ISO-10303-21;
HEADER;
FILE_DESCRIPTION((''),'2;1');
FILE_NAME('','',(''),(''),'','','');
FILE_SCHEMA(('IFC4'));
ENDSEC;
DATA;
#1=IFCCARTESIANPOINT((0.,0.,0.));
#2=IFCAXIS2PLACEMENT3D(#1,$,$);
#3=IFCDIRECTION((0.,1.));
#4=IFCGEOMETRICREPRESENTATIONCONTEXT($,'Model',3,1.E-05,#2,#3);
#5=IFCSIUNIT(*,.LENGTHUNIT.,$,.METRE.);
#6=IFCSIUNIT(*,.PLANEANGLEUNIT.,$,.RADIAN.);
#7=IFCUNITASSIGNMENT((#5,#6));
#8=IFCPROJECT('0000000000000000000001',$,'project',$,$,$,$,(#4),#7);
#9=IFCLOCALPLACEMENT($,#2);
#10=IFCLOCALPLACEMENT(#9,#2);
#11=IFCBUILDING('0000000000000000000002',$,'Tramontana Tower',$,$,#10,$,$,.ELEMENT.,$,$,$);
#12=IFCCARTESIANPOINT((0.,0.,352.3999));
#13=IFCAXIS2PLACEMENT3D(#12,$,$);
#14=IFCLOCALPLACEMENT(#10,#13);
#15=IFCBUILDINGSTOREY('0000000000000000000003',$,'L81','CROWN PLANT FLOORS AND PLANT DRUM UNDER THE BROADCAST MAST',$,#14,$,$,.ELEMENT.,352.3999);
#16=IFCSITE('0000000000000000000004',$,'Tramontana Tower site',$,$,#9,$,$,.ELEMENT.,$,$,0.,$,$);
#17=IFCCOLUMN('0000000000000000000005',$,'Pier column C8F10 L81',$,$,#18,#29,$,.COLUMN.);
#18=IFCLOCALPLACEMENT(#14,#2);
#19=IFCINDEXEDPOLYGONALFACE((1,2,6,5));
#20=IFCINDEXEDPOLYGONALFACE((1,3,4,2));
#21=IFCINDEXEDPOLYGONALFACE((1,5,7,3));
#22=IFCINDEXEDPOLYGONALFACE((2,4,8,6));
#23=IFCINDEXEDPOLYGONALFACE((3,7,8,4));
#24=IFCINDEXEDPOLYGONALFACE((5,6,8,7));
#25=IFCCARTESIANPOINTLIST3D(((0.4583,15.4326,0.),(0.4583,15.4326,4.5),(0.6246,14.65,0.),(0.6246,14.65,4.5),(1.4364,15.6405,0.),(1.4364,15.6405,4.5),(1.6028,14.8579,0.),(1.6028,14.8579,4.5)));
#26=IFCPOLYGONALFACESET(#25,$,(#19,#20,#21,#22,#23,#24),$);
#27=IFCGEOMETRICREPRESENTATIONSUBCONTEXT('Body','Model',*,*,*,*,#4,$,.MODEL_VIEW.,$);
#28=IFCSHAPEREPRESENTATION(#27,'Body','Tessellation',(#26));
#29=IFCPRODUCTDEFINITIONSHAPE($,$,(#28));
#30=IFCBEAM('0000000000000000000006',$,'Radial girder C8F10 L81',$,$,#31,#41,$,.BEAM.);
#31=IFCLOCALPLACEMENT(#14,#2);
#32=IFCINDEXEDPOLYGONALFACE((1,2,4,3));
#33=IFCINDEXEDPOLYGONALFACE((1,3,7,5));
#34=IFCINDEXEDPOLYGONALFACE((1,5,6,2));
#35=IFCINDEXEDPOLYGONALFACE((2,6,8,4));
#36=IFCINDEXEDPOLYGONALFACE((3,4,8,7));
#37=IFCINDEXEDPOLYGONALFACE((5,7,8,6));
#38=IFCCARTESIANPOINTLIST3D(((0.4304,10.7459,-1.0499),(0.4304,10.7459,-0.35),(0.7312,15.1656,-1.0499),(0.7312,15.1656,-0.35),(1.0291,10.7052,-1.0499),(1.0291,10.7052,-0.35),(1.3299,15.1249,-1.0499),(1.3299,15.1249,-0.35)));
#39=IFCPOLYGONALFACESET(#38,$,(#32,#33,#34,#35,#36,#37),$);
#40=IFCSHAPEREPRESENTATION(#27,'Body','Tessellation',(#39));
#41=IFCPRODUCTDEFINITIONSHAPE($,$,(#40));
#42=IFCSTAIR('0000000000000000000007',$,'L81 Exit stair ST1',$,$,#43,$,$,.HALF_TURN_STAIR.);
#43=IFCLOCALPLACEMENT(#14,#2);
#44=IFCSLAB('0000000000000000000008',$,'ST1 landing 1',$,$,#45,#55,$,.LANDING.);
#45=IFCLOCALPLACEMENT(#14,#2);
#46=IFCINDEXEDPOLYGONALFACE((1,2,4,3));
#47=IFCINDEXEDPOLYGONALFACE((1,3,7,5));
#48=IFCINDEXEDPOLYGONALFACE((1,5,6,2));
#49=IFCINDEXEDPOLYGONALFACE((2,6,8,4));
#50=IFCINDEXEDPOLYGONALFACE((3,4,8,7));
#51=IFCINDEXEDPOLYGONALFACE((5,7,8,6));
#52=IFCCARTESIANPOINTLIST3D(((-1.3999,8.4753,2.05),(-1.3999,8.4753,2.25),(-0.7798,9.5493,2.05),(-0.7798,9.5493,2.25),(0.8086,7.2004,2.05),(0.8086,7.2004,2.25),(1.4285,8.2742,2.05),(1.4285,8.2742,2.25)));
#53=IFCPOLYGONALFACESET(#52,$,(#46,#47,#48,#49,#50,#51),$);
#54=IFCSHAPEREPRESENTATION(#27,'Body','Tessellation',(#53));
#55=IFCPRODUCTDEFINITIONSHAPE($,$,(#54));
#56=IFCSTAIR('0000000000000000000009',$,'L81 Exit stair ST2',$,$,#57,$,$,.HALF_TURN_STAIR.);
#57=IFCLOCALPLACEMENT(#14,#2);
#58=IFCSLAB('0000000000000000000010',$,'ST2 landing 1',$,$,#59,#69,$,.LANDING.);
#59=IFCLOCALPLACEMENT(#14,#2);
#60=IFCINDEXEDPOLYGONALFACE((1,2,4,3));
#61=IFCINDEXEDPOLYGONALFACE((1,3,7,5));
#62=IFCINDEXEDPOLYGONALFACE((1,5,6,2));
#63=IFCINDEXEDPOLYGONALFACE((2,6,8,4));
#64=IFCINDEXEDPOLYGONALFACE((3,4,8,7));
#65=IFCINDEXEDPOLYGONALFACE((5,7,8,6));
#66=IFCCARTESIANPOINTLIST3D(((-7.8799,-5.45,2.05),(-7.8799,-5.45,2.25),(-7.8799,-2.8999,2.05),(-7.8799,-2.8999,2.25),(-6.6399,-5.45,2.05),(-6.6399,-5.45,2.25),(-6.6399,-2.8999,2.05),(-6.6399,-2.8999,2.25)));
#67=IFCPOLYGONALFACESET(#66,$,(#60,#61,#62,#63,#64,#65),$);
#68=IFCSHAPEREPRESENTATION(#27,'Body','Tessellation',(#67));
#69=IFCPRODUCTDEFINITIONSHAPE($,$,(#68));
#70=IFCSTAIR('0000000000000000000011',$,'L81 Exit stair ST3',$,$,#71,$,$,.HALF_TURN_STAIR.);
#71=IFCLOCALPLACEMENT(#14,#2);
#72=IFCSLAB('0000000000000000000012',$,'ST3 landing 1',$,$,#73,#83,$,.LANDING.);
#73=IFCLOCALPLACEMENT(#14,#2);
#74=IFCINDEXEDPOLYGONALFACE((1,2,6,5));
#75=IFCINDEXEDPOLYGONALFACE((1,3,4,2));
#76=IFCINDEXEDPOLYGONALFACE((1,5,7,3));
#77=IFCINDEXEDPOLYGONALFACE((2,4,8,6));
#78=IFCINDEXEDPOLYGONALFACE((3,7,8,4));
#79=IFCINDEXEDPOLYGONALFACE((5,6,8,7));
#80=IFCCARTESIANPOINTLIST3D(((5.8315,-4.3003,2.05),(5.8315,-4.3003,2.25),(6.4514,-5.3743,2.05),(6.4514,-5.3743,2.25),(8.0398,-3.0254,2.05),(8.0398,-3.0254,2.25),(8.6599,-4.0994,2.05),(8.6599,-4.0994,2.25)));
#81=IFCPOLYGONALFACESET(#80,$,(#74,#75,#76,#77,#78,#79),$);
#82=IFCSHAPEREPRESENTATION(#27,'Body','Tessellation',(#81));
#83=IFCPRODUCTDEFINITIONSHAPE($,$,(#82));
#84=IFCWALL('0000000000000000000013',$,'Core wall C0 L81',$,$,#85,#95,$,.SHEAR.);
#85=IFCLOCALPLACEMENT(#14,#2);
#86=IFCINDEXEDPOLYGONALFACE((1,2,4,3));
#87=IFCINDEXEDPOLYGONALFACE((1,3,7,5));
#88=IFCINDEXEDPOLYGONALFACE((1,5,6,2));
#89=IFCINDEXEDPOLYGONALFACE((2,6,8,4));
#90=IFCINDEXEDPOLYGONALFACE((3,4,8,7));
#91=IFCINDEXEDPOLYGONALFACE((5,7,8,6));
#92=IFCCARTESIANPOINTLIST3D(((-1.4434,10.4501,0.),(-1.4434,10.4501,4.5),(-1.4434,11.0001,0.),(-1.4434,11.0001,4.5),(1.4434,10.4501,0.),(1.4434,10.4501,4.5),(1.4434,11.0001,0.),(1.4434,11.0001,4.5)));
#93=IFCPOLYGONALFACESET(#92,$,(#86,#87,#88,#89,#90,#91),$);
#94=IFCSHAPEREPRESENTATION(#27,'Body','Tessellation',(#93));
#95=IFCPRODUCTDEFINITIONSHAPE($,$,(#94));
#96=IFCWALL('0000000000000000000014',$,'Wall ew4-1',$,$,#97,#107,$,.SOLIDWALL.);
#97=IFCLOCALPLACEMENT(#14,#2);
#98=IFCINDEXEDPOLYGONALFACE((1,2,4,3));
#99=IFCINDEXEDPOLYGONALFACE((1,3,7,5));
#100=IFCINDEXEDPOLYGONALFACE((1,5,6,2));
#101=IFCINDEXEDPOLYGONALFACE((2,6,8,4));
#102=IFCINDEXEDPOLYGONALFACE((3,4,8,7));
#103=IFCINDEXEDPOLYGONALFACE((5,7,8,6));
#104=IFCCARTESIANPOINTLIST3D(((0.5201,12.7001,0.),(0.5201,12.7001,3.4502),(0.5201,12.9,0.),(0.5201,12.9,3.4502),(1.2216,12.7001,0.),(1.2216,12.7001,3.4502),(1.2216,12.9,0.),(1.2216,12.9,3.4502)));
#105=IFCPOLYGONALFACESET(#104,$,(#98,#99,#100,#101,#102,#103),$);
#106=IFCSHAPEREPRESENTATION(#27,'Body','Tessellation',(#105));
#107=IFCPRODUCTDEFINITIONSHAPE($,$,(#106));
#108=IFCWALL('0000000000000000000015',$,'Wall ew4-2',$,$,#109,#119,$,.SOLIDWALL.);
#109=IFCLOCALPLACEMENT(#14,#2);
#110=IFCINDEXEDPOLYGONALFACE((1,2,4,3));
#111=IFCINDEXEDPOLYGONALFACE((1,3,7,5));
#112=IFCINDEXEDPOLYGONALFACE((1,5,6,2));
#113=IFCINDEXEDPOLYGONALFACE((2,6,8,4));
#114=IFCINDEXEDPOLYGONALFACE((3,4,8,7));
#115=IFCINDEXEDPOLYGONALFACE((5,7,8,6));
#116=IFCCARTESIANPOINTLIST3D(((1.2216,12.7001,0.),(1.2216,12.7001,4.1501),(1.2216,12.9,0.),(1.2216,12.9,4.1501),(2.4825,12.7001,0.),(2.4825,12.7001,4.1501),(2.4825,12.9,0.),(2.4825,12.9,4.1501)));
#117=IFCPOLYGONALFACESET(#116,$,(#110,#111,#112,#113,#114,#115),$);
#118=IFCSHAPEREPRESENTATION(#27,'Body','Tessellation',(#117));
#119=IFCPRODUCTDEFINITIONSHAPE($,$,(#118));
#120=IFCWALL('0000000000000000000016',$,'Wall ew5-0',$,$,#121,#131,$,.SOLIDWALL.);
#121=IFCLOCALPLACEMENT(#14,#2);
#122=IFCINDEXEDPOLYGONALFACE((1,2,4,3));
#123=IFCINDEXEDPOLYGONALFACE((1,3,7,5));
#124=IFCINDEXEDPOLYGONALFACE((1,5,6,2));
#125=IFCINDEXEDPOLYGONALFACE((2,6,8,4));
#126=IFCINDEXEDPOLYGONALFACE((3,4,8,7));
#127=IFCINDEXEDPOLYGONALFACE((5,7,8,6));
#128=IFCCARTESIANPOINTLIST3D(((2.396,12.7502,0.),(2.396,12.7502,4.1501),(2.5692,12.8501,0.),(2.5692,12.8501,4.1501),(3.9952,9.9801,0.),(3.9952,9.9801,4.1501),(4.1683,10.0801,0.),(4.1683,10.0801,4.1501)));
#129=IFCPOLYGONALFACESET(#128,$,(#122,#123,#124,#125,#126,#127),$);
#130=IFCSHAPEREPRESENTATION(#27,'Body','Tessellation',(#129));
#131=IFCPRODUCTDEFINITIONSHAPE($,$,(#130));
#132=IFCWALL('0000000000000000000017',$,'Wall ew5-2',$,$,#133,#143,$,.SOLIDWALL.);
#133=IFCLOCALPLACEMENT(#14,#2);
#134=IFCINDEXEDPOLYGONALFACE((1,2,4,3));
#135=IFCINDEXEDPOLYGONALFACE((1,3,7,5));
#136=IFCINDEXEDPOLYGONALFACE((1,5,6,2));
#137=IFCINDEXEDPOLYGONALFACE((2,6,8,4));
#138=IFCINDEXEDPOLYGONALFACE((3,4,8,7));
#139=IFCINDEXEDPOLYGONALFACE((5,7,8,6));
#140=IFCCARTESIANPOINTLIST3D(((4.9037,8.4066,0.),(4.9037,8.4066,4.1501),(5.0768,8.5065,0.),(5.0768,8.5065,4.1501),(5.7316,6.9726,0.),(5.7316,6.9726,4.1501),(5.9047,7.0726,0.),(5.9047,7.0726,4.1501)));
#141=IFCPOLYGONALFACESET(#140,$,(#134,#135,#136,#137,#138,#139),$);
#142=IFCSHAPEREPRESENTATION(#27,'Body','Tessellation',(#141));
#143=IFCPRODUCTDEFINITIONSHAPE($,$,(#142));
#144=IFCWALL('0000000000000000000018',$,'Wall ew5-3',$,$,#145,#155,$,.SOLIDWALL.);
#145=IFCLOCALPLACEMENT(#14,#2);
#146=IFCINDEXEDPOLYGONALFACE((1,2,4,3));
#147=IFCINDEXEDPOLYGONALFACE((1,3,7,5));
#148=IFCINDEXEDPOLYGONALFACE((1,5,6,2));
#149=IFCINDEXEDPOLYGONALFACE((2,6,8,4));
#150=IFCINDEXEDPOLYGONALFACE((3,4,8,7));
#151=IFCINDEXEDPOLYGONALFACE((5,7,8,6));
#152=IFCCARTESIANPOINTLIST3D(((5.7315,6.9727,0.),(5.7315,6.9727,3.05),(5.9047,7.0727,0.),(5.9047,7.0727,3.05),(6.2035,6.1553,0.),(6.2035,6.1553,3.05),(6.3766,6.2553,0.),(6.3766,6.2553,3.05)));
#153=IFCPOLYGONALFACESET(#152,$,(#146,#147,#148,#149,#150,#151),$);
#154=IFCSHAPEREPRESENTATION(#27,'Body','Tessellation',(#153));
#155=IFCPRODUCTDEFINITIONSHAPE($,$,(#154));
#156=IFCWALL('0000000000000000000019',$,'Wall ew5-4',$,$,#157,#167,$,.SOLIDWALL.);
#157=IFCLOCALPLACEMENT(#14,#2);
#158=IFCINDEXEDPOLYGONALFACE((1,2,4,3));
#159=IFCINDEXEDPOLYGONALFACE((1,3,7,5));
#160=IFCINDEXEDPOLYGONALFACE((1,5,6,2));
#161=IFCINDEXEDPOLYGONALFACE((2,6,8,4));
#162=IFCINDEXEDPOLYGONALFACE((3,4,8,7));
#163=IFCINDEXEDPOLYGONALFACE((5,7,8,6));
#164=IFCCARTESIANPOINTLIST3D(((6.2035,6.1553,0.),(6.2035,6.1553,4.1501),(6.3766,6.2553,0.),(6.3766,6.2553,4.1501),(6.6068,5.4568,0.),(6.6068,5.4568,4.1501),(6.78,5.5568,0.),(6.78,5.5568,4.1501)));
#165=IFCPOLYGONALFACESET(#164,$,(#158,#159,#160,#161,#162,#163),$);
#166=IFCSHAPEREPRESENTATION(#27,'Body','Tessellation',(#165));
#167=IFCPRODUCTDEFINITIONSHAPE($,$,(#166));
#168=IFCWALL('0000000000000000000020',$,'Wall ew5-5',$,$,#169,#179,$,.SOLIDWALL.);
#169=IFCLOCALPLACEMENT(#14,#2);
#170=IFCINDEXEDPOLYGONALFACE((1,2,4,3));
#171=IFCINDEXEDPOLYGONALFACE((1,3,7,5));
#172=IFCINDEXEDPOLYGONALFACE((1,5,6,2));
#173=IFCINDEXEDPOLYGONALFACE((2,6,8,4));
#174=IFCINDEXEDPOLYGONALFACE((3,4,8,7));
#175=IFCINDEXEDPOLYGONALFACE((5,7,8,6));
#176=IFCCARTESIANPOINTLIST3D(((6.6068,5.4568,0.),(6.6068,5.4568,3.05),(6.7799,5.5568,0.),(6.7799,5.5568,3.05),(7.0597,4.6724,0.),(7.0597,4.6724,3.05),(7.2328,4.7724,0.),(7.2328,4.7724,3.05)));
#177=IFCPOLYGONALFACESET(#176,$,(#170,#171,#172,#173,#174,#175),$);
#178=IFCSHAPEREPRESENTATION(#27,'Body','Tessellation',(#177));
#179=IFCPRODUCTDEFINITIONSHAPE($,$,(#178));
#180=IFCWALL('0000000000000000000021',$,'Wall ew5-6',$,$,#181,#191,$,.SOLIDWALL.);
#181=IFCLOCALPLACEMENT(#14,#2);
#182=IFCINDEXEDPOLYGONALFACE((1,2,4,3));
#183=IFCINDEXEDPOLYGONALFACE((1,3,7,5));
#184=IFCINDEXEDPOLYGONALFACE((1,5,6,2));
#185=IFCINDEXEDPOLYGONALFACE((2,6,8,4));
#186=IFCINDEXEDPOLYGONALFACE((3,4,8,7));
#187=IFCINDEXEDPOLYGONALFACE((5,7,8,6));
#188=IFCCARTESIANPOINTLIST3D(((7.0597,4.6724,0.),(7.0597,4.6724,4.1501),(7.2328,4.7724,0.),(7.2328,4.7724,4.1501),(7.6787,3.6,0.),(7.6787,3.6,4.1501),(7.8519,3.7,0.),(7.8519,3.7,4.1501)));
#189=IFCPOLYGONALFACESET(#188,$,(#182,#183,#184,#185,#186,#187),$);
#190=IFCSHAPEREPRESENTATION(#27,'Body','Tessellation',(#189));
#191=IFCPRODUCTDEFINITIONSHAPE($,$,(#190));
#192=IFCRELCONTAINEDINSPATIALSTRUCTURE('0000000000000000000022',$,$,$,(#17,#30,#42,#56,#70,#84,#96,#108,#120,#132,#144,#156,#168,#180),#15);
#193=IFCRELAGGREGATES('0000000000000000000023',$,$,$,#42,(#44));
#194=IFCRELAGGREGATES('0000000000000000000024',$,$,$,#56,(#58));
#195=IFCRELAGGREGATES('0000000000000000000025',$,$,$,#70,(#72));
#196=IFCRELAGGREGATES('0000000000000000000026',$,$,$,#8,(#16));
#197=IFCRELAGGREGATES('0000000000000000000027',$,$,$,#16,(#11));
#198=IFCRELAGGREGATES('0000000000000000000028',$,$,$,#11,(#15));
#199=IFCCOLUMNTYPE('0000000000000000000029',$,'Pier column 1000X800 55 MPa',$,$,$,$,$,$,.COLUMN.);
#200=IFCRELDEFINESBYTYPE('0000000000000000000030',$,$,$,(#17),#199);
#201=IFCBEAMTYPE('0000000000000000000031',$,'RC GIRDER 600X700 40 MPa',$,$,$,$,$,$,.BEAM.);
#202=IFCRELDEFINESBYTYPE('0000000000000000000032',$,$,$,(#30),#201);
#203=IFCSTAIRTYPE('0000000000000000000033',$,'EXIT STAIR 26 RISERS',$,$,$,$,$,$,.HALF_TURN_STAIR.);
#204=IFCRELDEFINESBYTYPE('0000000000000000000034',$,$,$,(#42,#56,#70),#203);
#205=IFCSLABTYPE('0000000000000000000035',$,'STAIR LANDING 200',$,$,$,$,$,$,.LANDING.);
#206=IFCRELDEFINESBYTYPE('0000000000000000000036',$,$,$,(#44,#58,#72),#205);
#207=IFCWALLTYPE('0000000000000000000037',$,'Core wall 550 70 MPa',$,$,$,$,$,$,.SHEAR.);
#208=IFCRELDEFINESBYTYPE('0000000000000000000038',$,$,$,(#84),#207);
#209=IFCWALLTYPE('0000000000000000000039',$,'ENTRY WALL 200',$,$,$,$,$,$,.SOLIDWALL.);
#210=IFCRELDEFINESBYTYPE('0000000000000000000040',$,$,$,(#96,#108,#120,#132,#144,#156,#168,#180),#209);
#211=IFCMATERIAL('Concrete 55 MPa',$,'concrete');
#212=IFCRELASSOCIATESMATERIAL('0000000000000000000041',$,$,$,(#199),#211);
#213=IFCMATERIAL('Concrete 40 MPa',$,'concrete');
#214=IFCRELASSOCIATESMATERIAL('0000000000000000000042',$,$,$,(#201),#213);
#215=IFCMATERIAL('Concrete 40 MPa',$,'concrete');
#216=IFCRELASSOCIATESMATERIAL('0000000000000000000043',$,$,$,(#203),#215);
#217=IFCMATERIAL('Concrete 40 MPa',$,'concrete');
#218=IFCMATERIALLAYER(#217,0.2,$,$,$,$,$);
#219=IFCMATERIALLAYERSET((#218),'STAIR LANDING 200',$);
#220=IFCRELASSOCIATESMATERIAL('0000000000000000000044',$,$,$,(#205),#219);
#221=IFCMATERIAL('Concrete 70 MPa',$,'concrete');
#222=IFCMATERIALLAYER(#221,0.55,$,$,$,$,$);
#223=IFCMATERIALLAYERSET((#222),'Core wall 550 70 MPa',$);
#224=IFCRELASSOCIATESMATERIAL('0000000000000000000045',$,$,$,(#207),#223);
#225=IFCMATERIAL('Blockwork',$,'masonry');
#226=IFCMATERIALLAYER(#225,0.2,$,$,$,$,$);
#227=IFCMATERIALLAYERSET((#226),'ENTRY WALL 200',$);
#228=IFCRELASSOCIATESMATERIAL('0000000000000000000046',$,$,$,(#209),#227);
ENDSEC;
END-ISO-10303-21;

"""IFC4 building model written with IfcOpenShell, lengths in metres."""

from ifc_helpers import new_model, si_unit, direction, frame, frame_2d, origin, origin_2d, place, context, subcontext, project, spatial, polyline, rectangle, outline, extrude, material, layer, layer_set, material_profile, profile_set, type_object, element, aggregate, save


model = new_model("IFC4")

# Units and contexts
model_context = context("Model", 3, precision=1e-05, world=origin(), true_north=direction((0.0, 1.0)))
body_context = subcontext(model_context, "Body", "Model", "MODEL_VIEW")
ifc_project = project(units=[si_unit("LENGTHUNIT", "METRE"), si_unit("PLANEANGLEUNIT", "RADIAN")], contexts=[model_context])

# Site, building, storey
site_placement = place(None, origin())
site = spatial("IfcSite", under=ifc_project, at=site_placement, Name="Tramontana Tower site", CompositionType="ELEMENT", RefElevation=0.0)
building_placement = place(site_placement, origin())
building = spatial("IfcBuilding", under=site, at=building_placement, Name="Tramontana Tower", CompositionType="ELEMENT")
storey_placement = place(building_placement, frame((0.0, 0.0, 352.3999)))
storey = spatial("IfcBuildingStorey", under=building, at=storey_placement, Name="L81", Description="CROWN PLANT FLOORS AND PLANT DRUM UNDER THE BROADCAST MAST", CompositionType="ELEMENT", Elevation=352.3999)

# Column
ifc_material_1 = material(Name="Concrete 55 MPa", Category="concrete")
ifc_material_profile_1 = material_profile(ifc_material_1, rectangle(XDim=1.0, YDim=0.8, at=origin_2d()), Name="Pier column 1000X800 55 MPa")
ifc_profile_set_1 = profile_set([ifc_material_profile_1], Name="Concrete 55 MPa")
column_type = type_object("IfcColumnType", Name="Pier column 1000X800 55 MPa", PredefinedType="COLUMN", material=ifc_profile_set_1)
column_placement = place(storey_placement, frame((1.0305, 15.1453, 0.0), z_axis=(0.0, 0.0, 1.0), x_axis=(-0.978148, -0.207912, 0.0)))
element("IfcColumn", 1, at=column_placement, inside=storey, type_object=column_type, Name="Pier column C8F10 L81", PredefinedType="COLUMN", context=body_context, shape_type="SweptSolid", body=[
    extrude(rectangle(XDim=1.0, YDim=0.8, at=origin_2d()), origin(), (0.0, 0.0, 1.0), 4.5),
])

# Beam
ifc_material_2 = material(Name="Concrete 40 MPa", Category="concrete")
ifc_material_profile_2 = material_profile(ifc_material_2, rectangle(XDim=0.6001, YDim=0.7, at=origin_2d()), Name="RC GIRDER 600X700 40 MPa")
ifc_profile_set_2 = profile_set([ifc_material_profile_2], Name="Concrete 40 MPa")
beam_type = type_object("IfcBeamType", Name="RC GIRDER 600X700 40 MPa", PredefinedType="BEAM", material=ifc_profile_set_2)
beam_placement = place(storey_placement, frame((1.0305, 15.1453, -0.7), z_axis=(-0.067898, -0.997692, 0.0), x_axis=(0.997692, -0.067898, 0.0)))
element("IfcBeam", 2, at=beam_placement, inside=storey, type_object=beam_type, Name="Radial girder C8F10 L81", PredefinedType="BEAM", context=body_context, shape_type="SweptSolid", body=[
    extrude(rectangle(XDim=0.6001, YDim=0.7, at=origin_2d()), origin(), (0.0, 0.0, 1.0), 4.4299),
])

# Stairs, slabs
ifc_material_3 = material(Name="Concrete 40 MPa", Category="concrete")
stair_type = type_object("IfcStairType", Name="EXIT STAIR 26 RISERS", PredefinedType="HALF_TURN_STAIR", material=ifc_material_3)
stair_1_placement = place(storey_placement, origin())
stair_1 = element("IfcStair", 3, at=stair_1_placement, inside=storey, type_object=stair_type, Name="L81 Exit stair ST1", PredefinedType="HALF_TURN_STAIR")
ifc_material_4 = material(Name="Concrete 40 MPa", Category="concrete")
ifc_layer_1 = layer(ifc_material_4, 0.2)
ifc_layer_set_1 = layer_set([ifc_layer_1], Name="STAIR LANDING 200")
slab_type = type_object("IfcSlabType", Name="STAIR LANDING 200", PredefinedType="LANDING", material=ifc_layer_set_1)
slab_1_placement = place(storey_placement, frame((0.0, 0.0, 2.05)))
slab_1 = element("IfcSlab", 4, at=slab_1_placement, type_object=slab_type, Name="ST1 landing 1", PredefinedType="LANDING", context=body_context, shape_type="SweptSolid", body=[
    extrude(outline(polyline([(0.8086, 7.2004), (1.4285, 8.2742), (-0.7798, 9.5493), (-1.3999, 8.4753), (0.8086, 7.2004)])), origin(), (0.0, 0.0, 1.0), 0.2),
])
aggregate(stair_1, [slab_1])
stair_2_placement = place(storey_placement, origin())
stair_2 = element("IfcStair", 5, at=stair_2_placement, inside=storey, type_object=stair_type, Name="L81 Exit stair ST2", PredefinedType="HALF_TURN_STAIR")
slab_2_placement = place(storey_placement, frame((0.0, 0.0, 2.05)))
slab_2 = element("IfcSlab", 6, at=slab_2_placement, type_object=slab_type, Name="ST2 landing 1", PredefinedType="LANDING", context=body_context, shape_type="SweptSolid", body=[
    extrude(outline(polyline([(-6.6399, -2.8999), (-7.8799, -2.8999), (-7.8799, -5.45), (-6.6399, -5.45), (-6.6399, -2.8999)])), origin(), (0.0, 0.0, 1.0), 0.2),
])
aggregate(stair_2, [slab_2])
stair_3_placement = place(storey_placement, origin())
stair_3 = element("IfcStair", 7, at=stair_3_placement, inside=storey, type_object=stair_type, Name="L81 Exit stair ST3", PredefinedType="HALF_TURN_STAIR")
slab_3_placement = place(storey_placement, frame((0.0, 0.0, 2.05)))
slab_3 = element("IfcSlab", 8, at=slab_3_placement, type_object=slab_type, Name="ST3 landing 1", PredefinedType="LANDING", context=body_context, shape_type="SweptSolid", body=[
    extrude(outline(polyline([(5.8315, -4.3003), (6.4514, -5.3743), (8.6599, -4.0994), (8.0398, -3.0254), (5.8315, -4.3003)])), origin(), (0.0, 0.0, 1.0), 0.2),
])
aggregate(stair_3, [slab_3])

# Walls
ifc_material_5 = material(Name="Concrete 70 MPa", Category="concrete")
ifc_layer_2 = layer(ifc_material_5, 0.55)
ifc_layer_set_2 = layer_set([ifc_layer_2], Name="Core wall 550 70 MPa")
wall_type_1 = type_object("IfcWallType", Name="Core wall 550 70 MPa", PredefinedType="SHEAR", material=ifc_layer_set_2)
wall_1_placement = place(storey_placement, frame((1.4434, 10.7251, 0.0), z_axis=(0.0, 0.0, 1.0), x_axis=(-1.0, 0.0, 0.0)))
element("IfcWall", 9, at=wall_1_placement, inside=storey, type_object=wall_type_1, Name="Core wall C0 L81", PredefinedType="SHEAR", context=body_context, shape_type="SweptSolid", body=[
    extrude(rectangle(XDim=2.8867, YDim=0.55, at=frame_2d((1.4434, 0.0))), origin(), (0.0, 0.0, 1.0), 4.5),
])
ifc_material_6 = material(Name="Blockwork", Category="masonry")
ifc_layer_3 = layer(ifc_material_6, 0.2)
ifc_layer_set_3 = layer_set([ifc_layer_3], Name="ENTRY WALL 200")
wall_type_2 = type_object("IfcWallType", Name="ENTRY WALL 200", PredefinedType="SOLIDWALL", material=ifc_layer_set_3)
wall_2_placement = place(storey_placement, frame((0.5203, 12.8, 0.0), z_axis=(0.0, 0.0, 1.0), x_axis=(1.0, 0.0, 0.0)))
element("IfcWall", 10, at=wall_2_placement, inside=storey, type_object=wall_type_2, Name="Wall ew4-1", PredefinedType="SOLIDWALL", context=body_context, shape_type="SweptSolid", body=[
    extrude(rectangle(XDim=0.7014, YDim=0.2, at=frame_2d((0.3506, 0.0))), origin(), (0.0, 0.0, 1.0), 3.4502),
])
wall_3_placement = place(storey_placement, frame((1.2217, 12.8, 0.0), z_axis=(0.0, 0.0, 1.0), x_axis=(1.0, 0.0, 0.0)))
element("IfcWall", 11, at=wall_3_placement, inside=storey, type_object=wall_type_2, Name="Wall ew4-2", PredefinedType="SOLIDWALL", context=body_context, shape_type="SweptSolid", body=[
    extrude(rectangle(XDim=1.261, YDim=0.2, at=frame_2d((0.6304, 0.0))), origin(), (0.0, 0.0, 1.0), 4.1501),
])
wall_4_placement = place(storey_placement, frame((2.4827, 12.8, 0.0), z_axis=(0.0, 0.0, 1.0), x_axis=(0.499965, -0.866046, 0.0)))
element("IfcWall", 12, at=wall_4_placement, inside=storey, type_object=wall_type_2, Name="Wall ew5-0", PredefinedType="SOLIDWALL", context=body_context, shape_type="SweptSolid", body=[
    extrude(rectangle(XDim=3.1985, YDim=0.2, at=frame_2d((1.5991, 0.0))), origin(), (0.0, 0.0, 1.0), 4.1501),
])

# Walls
wall_5_placement = place(storey_placement, frame((4.9902, 8.4565, 0.0), z_axis=(0.0, 0.0, 1.0), x_axis=(0.500025, -0.866011, 0.0)))
element("IfcWall", 13, at=wall_5_placement, inside=storey, type_object=wall_type_2, Name="Wall ew5-2", PredefinedType="SOLIDWALL", context=body_context, shape_type="SweptSolid", body=[
    extrude(rectangle(XDim=1.6558, YDim=0.2, at=frame_2d((0.8279, 0.0))), origin(), (0.0, 0.0, 1.0), 4.1501),
])
wall_6_placement = place(storey_placement, frame((5.8181, 7.0227, 0.0), z_axis=(0.0, 0.0, 1.0), x_axis=(0.500006, -0.866022, 0.0)))
element("IfcWall", 14, at=wall_6_placement, inside=storey, type_object=wall_type_2, Name="Wall ew5-3", PredefinedType="SOLIDWALL", context=body_context, shape_type="SweptSolid", body=[
    extrude(rectangle(XDim=0.9438, YDim=0.2, at=frame_2d((0.4719, 0.0))), origin(), (0.0, 0.0, 1.0), 3.05),
])
wall_7_placement = place(storey_placement, frame((6.29, 6.2053, 0.0), z_axis=(0.0, 0.0, 1.0), x_axis=(0.500046, -0.865999, 0.0)))
element("IfcWall", 15, at=wall_7_placement, inside=storey, type_object=wall_type_2, Name="Wall ew5-4", PredefinedType="SOLIDWALL", context=body_context, shape_type="SweptSolid", body=[
    extrude(rectangle(XDim=0.8066, YDim=0.2, at=frame_2d((0.4033, 0.0))), origin(), (0.0, 0.0, 1.0), 4.1501),
])
wall_8_placement = place(storey_placement, frame((6.6934, 5.5068, 0.0), z_axis=(0.0, 0.0, 1.0), x_axis=(0.499995, -0.866028, 0.0)))
element("IfcWall", 16, at=wall_8_placement, inside=storey, type_object=wall_type_2, Name="Wall ew5-5", PredefinedType="SOLIDWALL", context=body_context, shape_type="SweptSolid", body=[
    extrude(rectangle(XDim=0.9058, YDim=0.2, at=frame_2d((0.4529, 0.0))), origin(), (0.0, 0.0, 1.0), 3.05),
])
wall_9_placement = place(storey_placement, frame((7.1462, 4.7224, 0.0), z_axis=(0.0, 0.0, 1.0), x_axis=(0.499956, -0.866051, 0.0)))
element("IfcWall", 17, at=wall_9_placement, inside=storey, type_object=wall_type_2, Name="Wall ew5-6", PredefinedType="SOLIDWALL", context=body_context, shape_type="SweptSolid", body=[
    extrude(rectangle(XDim=1.2383, YDim=0.2, at=frame_2d((0.6191, 0.0))), origin(), (0.0, 0.0, 1.0), 4.1501),
])

save(model, "model.ifc")
